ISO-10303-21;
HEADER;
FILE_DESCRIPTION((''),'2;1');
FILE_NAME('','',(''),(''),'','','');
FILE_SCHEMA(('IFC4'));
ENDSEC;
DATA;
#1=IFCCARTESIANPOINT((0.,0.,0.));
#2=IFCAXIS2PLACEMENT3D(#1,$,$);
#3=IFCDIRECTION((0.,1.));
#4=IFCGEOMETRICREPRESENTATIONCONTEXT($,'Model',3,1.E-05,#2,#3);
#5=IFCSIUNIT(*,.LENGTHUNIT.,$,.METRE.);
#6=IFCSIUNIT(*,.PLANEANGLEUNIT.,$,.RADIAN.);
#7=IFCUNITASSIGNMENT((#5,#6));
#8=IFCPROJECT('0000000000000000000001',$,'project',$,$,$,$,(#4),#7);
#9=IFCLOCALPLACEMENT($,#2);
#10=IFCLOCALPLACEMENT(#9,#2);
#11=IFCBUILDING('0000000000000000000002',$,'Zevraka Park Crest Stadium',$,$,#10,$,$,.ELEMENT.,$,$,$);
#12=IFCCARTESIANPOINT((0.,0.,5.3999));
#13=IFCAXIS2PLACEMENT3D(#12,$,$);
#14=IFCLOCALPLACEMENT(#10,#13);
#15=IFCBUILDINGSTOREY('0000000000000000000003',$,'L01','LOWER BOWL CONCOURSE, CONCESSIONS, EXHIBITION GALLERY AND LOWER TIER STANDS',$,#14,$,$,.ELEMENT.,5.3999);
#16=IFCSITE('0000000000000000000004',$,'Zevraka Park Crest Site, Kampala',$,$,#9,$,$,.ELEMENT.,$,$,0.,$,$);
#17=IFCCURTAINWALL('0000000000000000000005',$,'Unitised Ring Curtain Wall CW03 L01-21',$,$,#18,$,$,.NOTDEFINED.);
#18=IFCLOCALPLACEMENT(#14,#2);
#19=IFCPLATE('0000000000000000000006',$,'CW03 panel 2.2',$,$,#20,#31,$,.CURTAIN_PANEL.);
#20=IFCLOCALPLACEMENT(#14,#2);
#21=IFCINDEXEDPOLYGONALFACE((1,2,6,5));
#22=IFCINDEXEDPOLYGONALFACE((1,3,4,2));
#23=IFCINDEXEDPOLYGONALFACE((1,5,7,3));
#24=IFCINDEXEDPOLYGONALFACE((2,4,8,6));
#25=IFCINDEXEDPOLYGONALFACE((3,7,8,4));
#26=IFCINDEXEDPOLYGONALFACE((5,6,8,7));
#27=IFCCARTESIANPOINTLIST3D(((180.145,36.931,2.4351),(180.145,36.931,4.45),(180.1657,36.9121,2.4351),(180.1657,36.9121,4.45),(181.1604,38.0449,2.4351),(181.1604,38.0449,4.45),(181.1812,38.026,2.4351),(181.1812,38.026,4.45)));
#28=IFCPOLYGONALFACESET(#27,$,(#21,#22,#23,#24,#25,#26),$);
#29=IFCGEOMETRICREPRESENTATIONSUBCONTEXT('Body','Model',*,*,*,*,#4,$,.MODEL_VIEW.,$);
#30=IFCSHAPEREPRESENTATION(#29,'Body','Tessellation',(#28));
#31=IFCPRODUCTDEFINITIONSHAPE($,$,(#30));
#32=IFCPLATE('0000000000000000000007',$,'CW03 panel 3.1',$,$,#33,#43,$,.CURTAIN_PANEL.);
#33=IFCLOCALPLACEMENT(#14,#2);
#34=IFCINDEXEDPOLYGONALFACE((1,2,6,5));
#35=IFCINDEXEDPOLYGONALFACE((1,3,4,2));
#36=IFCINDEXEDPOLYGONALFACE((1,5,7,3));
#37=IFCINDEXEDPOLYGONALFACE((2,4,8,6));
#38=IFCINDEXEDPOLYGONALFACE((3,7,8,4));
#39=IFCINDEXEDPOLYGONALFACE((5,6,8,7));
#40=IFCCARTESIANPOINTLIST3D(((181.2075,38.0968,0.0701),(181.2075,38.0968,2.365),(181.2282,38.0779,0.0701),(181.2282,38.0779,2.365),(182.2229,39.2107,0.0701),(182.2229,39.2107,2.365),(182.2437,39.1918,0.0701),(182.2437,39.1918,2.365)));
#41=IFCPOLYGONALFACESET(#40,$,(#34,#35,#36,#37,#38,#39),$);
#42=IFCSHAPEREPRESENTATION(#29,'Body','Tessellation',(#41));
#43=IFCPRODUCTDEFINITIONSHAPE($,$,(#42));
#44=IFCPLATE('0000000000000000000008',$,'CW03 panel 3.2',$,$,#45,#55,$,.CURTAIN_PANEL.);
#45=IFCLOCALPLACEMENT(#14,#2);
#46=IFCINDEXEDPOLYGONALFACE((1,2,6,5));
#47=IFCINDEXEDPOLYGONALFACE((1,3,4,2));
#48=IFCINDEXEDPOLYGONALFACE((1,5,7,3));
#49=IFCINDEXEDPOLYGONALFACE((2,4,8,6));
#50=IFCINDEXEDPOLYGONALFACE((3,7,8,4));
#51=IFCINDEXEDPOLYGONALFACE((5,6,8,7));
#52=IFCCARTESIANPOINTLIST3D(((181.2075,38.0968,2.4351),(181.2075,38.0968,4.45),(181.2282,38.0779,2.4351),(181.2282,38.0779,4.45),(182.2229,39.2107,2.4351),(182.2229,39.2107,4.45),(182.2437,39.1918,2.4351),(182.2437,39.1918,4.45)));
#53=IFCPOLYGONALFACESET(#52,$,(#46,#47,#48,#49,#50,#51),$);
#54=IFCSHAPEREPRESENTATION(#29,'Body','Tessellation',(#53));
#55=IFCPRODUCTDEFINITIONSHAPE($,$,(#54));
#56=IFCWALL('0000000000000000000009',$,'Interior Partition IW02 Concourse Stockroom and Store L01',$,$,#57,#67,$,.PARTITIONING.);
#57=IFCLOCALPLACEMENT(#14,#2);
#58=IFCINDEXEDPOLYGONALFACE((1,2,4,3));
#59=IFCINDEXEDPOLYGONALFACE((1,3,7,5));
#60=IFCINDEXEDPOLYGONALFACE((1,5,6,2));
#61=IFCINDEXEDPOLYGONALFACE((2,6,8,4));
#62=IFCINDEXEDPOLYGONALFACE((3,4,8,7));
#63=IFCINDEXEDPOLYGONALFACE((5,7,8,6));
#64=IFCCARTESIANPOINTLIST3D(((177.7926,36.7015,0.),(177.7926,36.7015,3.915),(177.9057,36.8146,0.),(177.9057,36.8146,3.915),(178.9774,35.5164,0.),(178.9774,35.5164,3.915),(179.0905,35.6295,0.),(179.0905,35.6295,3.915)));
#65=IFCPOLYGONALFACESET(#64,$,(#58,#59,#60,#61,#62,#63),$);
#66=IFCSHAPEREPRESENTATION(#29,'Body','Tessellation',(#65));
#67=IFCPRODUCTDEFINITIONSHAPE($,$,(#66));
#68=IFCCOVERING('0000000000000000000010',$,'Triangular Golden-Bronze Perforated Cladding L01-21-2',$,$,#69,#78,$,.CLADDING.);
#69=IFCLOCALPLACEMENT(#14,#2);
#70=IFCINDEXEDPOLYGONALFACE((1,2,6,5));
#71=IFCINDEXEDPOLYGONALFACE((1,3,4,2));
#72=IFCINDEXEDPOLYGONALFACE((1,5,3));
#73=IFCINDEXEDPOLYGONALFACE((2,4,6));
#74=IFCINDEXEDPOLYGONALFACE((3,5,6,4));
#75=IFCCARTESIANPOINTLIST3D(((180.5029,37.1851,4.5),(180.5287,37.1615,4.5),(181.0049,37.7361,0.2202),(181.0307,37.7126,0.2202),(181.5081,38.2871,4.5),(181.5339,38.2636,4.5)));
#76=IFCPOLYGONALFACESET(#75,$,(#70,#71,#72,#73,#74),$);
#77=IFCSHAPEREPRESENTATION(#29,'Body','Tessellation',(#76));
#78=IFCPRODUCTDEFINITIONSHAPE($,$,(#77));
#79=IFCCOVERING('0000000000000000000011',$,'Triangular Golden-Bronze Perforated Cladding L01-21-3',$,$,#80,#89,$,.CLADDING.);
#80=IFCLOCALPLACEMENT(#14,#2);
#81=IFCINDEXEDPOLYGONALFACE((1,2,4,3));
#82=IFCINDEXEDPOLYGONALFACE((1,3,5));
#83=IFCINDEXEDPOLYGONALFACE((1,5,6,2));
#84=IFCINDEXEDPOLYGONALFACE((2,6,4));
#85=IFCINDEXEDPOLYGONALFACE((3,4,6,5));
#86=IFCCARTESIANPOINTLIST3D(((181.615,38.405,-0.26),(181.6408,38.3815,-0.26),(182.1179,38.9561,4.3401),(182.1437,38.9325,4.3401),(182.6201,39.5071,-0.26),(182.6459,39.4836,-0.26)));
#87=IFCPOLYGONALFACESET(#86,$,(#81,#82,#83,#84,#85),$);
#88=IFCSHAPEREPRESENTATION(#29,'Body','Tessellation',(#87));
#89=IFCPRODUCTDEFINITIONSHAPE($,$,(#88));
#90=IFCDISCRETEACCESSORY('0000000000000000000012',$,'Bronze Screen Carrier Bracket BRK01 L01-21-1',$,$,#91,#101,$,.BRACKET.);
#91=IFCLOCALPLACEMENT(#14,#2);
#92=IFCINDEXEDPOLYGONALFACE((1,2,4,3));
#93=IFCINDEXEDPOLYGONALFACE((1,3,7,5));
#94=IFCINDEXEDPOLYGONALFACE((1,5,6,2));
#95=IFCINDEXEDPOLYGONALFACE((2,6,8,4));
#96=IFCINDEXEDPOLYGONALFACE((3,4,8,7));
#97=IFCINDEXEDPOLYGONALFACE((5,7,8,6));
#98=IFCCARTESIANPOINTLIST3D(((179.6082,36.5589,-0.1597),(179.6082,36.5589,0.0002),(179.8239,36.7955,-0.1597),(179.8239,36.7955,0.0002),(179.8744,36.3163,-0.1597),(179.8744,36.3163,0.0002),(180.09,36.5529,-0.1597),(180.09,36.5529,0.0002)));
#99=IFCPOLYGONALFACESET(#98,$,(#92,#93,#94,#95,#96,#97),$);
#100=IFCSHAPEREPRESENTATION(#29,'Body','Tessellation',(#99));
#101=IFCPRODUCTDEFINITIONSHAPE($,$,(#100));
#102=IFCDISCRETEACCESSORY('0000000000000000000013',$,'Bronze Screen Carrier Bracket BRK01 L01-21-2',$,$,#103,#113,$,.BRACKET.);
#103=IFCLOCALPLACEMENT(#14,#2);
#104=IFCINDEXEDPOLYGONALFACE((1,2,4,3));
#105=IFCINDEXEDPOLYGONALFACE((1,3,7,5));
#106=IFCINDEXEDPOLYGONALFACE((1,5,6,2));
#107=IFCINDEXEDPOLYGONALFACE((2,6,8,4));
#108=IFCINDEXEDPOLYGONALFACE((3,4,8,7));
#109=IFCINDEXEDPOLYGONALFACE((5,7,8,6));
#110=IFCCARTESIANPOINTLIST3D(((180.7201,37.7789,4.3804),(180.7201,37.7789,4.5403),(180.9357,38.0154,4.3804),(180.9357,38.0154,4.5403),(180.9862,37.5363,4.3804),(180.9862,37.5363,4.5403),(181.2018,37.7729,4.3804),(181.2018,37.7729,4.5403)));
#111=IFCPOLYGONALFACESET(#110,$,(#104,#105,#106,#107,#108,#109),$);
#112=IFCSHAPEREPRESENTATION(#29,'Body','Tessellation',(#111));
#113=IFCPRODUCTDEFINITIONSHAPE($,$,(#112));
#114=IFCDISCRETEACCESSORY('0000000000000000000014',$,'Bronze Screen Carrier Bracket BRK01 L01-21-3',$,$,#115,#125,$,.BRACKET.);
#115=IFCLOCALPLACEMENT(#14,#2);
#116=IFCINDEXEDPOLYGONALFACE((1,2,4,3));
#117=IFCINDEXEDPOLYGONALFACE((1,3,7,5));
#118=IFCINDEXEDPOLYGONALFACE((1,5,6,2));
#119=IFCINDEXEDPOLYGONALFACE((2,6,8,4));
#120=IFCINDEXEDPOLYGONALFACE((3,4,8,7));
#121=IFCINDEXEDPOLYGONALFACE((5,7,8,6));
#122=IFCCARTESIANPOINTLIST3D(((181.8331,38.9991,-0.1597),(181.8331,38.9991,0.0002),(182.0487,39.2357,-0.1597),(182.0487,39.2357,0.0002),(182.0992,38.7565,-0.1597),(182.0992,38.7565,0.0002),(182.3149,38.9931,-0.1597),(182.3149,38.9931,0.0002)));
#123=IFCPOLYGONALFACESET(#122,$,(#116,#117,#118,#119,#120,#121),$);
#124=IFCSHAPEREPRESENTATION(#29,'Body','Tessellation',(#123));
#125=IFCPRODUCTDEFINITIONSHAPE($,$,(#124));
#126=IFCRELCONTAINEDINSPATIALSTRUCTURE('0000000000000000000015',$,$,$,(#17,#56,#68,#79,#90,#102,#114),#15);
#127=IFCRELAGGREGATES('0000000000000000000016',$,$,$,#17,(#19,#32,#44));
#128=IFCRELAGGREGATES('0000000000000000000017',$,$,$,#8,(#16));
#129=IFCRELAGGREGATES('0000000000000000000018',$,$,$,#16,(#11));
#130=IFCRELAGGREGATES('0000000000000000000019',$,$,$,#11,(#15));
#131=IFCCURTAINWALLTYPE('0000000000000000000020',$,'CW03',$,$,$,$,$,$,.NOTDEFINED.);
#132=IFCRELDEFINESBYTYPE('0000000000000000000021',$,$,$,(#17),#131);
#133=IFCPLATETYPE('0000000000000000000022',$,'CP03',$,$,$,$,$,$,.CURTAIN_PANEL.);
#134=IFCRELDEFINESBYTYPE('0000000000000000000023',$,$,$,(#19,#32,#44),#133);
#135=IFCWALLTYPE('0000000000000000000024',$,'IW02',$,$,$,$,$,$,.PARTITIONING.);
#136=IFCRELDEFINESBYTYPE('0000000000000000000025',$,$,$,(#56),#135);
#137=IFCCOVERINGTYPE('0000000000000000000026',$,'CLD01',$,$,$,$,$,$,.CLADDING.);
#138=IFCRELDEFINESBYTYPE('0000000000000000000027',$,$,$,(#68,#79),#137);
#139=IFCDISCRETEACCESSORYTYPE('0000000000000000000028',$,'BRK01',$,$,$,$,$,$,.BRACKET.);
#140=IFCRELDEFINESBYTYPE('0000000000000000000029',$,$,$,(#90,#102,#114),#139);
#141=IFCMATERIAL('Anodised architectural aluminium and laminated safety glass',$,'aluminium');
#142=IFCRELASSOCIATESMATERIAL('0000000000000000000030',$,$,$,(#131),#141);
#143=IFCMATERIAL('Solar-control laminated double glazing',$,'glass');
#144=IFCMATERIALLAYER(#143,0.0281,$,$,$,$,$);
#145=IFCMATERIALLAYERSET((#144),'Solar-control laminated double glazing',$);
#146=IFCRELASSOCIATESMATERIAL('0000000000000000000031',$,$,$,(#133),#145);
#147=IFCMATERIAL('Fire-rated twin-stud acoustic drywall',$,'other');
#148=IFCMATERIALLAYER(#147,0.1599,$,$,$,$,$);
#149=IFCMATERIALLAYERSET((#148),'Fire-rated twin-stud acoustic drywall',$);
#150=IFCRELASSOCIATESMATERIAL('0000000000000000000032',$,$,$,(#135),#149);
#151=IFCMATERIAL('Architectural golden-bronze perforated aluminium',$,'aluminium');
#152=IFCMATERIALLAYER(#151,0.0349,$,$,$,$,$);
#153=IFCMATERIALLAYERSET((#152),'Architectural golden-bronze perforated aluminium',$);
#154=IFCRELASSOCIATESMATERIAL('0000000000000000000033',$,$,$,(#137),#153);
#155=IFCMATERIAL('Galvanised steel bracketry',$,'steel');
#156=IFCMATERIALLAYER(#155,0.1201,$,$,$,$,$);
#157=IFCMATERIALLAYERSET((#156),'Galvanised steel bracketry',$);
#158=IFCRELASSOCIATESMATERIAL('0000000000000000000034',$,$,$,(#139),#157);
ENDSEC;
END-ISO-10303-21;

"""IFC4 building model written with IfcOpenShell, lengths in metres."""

from ifc_helpers import new_model, si_unit, direction, frame, frame_2d, origin, origin_2d, place, context, subcontext, project, spatial, polyline, rectangle, outline, extrude, material, layer, layer_set, type_object, element, aggregate, save


model = new_model("IFC4")

# Units and contexts
model_context = context("Model", 3, precision=1e-05, world=origin(), true_north=direction((0.0, 1.0)))
body_context = subcontext(model_context, "Body", "Model", "MODEL_VIEW")
ifc_project = project(units=[si_unit("LENGTHUNIT", "METRE"), si_unit("PLANEANGLEUNIT", "RADIAN")], contexts=[model_context])

# Site, building, storey
site_placement = place(None, origin())
site = spatial("IfcSite", under=ifc_project, at=site_placement, Name="Zevraka Park Crest Site, Kampala", CompositionType="ELEMENT", RefElevation=0.0)
building_placement = place(site_placement, origin())
building = spatial("IfcBuilding", under=site, at=building_placement, Name="Zevraka Park Crest Stadium", CompositionType="ELEMENT")
storey_placement = place(building_placement, frame((0.0, 0.0, 5.3999)))
storey = spatial("IfcBuildingStorey", under=building, at=storey_placement, Name="L01", Description="LOWER BOWL CONCOURSE, CONCESSIONS, EXHIBITION GALLERY AND LOWER TIER STANDS", CompositionType="ELEMENT", Elevation=5.3999)

# Curtain wall
ifc_material_1 = material(Name="Anodised architectural aluminium and laminated safety glass", Category="aluminium")
curtain_wall_type = type_object("IfcCurtainWallType", Name="CW03", PredefinedType="NOTDEFINED", material=ifc_material_1)
curtain_wall_placement = place(storey_placement, origin())
curtain_wall = element("IfcCurtainWall", 1, at=curtain_wall_placement, inside=storey, type_object=curtain_wall_type, Name="Unitised Ring Curtain Wall CW03 L01-21", PredefinedType="NOTDEFINED")

# Plates
ifc_material_2 = material(Name="Solar-control laminated double glazing", Category="glass")
ifc_layer_1 = layer(ifc_material_2, 0.0281)
ifc_layer_set_1 = layer_set([ifc_layer_1], Name="Solar-control laminated double glazing")
plate_type = type_object("IfcPlateType", Name="CP03", PredefinedType="CURTAIN_PANEL", material=ifc_layer_set_1)
plate_1_placement = place(storey_placement, frame((180.6631, 37.4785, 2.4351), z_axis=(0.0, 0.0, 1.0), x_axis=(0.67368, 0.739023, 0.0)))
plate_1 = element("IfcPlate", 2, at=plate_1_placement, type_object=plate_type, Name="CW03 panel 2.2", PredefinedType="CURTAIN_PANEL", context=body_context, shape_type="SweptSolid", body=[
    extrude(rectangle(XDim=1.5073, YDim=0.0281, at=origin_2d()), origin(), (0.0, 0.0, 1.0), 2.0149),
])
plate_2_placement = place(storey_placement, frame((181.7256, 38.6443, 0.0701), z_axis=(0.0, 0.0, 1.0), x_axis=(0.67368, 0.739023, 0.0)))
plate_2 = element("IfcPlate", 3, at=plate_2_placement, type_object=plate_type, Name="CW03 panel 3.1", PredefinedType="CURTAIN_PANEL", context=body_context, shape_type="SweptSolid", body=[
    extrude(rectangle(XDim=1.5073, YDim=0.0281, at=origin_2d()), origin(), (0.0, 0.0, 1.0), 2.2949),
])
plate_3_placement = place(storey_placement, frame((181.7256, 38.6443, 2.4351), z_axis=(0.0, 0.0, 1.0), x_axis=(0.67368, 0.739023, 0.0)))
plate_3 = element("IfcPlate", 4, at=plate_3_placement, type_object=plate_type, Name="CW03 panel 3.2", PredefinedType="CURTAIN_PANEL", context=body_context, shape_type="SweptSolid", body=[
    extrude(rectangle(XDim=1.5073, YDim=0.0281, at=origin_2d()), origin(), (0.0, 0.0, 1.0), 2.0149),
])
aggregate(curtain_wall, [plate_1, plate_2, plate_3])

# Wall
ifc_material_3 = material(Name="Fire-rated twin-stud acoustic drywall", Category="other")
ifc_layer_2 = layer(ifc_material_3, 0.1599)
ifc_layer_set_2 = layer_set([ifc_layer_2], Name="Fire-rated twin-stud acoustic drywall")
wall_type = type_object("IfcWallType", Name="IW02", PredefinedType="PARTITIONING", material=ifc_layer_set_2)
wall_placement = place(storey_placement, frame((177.8491, 36.7581, 0.0), z_axis=(0.0, 0.0, 1.0), x_axis=(0.707034, -0.70718, 0.0)))
element("IfcWall", 5, at=wall_placement, inside=storey, type_object=wall_type, Name="Interior Partition IW02 Concourse Stockroom and Store L01", PredefinedType="PARTITIONING", context=body_context, shape_type="SweptSolid", body=[
    extrude(rectangle(XDim=1.6758, YDim=0.1599, at=frame_2d((0.8379, 0.0))), origin(), (0.0, 0.0, 1.0), 3.915),
])

# Coverings
ifc_material_4 = material(Name="Architectural golden-bronze perforated aluminium", Category="aluminium")
ifc_layer_3 = layer(ifc_material_4, 0.0349)
ifc_layer_set_3 = layer_set([ifc_layer_3], Name="Architectural golden-bronze perforated aluminium")
covering_type = type_object("IfcCoveringType", Name="CLD01", PredefinedType="CLADDING", material=ifc_layer_set_3)
covering_1_placement = place(storey_placement, frame((181.5081, 38.2871, 4.5), z_axis=(-0.73885, 0.67387, 0.000105), x_axis=(-0.67387, -0.73885, 0.0)))
element("IfcCovering", 6, at=covering_1_placement, inside=storey, type_object=covering_type, Name="Triangular Golden-Bronze Perforated Cladding L01-21-2", PredefinedType="CLADDING", context=body_context, shape_type="SweptSolid", body=[
    extrude(outline(polyline([(0.0, 0.0), (1.4916, 0.0), (0.7462, -4.2798), (0.0, 0.0)])), origin(), (0.0, 0.0, -1.0), 0.0349),
])
covering_2_placement = place(storey_placement, frame((181.615, 38.405, -0.26), z_axis=(-0.73885, 0.67387, 0.000059), x_axis=(0.67387, 0.73885, 0.0)))
element("IfcCovering", 7, at=covering_2_placement, inside=storey, type_object=covering_type, Name="Triangular Golden-Bronze Perforated Cladding L01-21-3", PredefinedType="CLADDING", context=body_context, shape_type="SweptSolid", body=[
    extrude(outline(polyline([(0.0, 0.0), (1.4916, 0.0), (0.746, -4.6001), (0.0, 0.0)])), origin(), (0.0, 0.0, -1.0), 0.0349),
])

# Discrete accessories
ifc_material_5 = material(Name="Galvanised steel bracketry", Category="steel")
ifc_layer_4 = layer(ifc_material_5, 0.1201)
ifc_layer_set_4 = layer_set([ifc_layer_4], Name="Galvanised steel bracketry")
discrete_accessory_type = type_object("IfcDiscreteAccessoryType", Name="BRK01", PredefinedType="BRACKET", material=ifc_layer_set_4)
for number, where, z_axis, x_axis, name in (
    (8, (179.8491, 36.5559, -0.1597), (0.0, 0.0, 1.0), (0.673658, 0.739043, 0.0), "Bronze Screen Carrier Bracket BRK01 L01-21-1"),
    (9, (180.9609, 37.7759, 4.3804), (0.0, 0.0, 1.0), (0.673658, 0.739043, 0.0), "Bronze Screen Carrier Bracket BRK01 L01-21-2"),
    (10, (182.074, 38.9961, -0.1597), (0.0, 0.0, 1.0), (0.673658, 0.739043, 0.0), "Bronze Screen Carrier Bracket BRK01 L01-21-3"),
):
    element("IfcDiscreteAccessory", number, at=place(storey_placement, frame(where, z_axis=z_axis, x_axis=x_axis)), inside=storey, type_object=discrete_accessory_type, Name=name, PredefinedType="BRACKET", context=body_context, shape_type="SweptSolid", body=[
        extrude(rectangle(XDim=0.3201, YDim=0.3601, at=origin_2d()), origin(), (0.0, 0.0, 1.0), 0.1599),
    ])

save(model, "model.ifc")
